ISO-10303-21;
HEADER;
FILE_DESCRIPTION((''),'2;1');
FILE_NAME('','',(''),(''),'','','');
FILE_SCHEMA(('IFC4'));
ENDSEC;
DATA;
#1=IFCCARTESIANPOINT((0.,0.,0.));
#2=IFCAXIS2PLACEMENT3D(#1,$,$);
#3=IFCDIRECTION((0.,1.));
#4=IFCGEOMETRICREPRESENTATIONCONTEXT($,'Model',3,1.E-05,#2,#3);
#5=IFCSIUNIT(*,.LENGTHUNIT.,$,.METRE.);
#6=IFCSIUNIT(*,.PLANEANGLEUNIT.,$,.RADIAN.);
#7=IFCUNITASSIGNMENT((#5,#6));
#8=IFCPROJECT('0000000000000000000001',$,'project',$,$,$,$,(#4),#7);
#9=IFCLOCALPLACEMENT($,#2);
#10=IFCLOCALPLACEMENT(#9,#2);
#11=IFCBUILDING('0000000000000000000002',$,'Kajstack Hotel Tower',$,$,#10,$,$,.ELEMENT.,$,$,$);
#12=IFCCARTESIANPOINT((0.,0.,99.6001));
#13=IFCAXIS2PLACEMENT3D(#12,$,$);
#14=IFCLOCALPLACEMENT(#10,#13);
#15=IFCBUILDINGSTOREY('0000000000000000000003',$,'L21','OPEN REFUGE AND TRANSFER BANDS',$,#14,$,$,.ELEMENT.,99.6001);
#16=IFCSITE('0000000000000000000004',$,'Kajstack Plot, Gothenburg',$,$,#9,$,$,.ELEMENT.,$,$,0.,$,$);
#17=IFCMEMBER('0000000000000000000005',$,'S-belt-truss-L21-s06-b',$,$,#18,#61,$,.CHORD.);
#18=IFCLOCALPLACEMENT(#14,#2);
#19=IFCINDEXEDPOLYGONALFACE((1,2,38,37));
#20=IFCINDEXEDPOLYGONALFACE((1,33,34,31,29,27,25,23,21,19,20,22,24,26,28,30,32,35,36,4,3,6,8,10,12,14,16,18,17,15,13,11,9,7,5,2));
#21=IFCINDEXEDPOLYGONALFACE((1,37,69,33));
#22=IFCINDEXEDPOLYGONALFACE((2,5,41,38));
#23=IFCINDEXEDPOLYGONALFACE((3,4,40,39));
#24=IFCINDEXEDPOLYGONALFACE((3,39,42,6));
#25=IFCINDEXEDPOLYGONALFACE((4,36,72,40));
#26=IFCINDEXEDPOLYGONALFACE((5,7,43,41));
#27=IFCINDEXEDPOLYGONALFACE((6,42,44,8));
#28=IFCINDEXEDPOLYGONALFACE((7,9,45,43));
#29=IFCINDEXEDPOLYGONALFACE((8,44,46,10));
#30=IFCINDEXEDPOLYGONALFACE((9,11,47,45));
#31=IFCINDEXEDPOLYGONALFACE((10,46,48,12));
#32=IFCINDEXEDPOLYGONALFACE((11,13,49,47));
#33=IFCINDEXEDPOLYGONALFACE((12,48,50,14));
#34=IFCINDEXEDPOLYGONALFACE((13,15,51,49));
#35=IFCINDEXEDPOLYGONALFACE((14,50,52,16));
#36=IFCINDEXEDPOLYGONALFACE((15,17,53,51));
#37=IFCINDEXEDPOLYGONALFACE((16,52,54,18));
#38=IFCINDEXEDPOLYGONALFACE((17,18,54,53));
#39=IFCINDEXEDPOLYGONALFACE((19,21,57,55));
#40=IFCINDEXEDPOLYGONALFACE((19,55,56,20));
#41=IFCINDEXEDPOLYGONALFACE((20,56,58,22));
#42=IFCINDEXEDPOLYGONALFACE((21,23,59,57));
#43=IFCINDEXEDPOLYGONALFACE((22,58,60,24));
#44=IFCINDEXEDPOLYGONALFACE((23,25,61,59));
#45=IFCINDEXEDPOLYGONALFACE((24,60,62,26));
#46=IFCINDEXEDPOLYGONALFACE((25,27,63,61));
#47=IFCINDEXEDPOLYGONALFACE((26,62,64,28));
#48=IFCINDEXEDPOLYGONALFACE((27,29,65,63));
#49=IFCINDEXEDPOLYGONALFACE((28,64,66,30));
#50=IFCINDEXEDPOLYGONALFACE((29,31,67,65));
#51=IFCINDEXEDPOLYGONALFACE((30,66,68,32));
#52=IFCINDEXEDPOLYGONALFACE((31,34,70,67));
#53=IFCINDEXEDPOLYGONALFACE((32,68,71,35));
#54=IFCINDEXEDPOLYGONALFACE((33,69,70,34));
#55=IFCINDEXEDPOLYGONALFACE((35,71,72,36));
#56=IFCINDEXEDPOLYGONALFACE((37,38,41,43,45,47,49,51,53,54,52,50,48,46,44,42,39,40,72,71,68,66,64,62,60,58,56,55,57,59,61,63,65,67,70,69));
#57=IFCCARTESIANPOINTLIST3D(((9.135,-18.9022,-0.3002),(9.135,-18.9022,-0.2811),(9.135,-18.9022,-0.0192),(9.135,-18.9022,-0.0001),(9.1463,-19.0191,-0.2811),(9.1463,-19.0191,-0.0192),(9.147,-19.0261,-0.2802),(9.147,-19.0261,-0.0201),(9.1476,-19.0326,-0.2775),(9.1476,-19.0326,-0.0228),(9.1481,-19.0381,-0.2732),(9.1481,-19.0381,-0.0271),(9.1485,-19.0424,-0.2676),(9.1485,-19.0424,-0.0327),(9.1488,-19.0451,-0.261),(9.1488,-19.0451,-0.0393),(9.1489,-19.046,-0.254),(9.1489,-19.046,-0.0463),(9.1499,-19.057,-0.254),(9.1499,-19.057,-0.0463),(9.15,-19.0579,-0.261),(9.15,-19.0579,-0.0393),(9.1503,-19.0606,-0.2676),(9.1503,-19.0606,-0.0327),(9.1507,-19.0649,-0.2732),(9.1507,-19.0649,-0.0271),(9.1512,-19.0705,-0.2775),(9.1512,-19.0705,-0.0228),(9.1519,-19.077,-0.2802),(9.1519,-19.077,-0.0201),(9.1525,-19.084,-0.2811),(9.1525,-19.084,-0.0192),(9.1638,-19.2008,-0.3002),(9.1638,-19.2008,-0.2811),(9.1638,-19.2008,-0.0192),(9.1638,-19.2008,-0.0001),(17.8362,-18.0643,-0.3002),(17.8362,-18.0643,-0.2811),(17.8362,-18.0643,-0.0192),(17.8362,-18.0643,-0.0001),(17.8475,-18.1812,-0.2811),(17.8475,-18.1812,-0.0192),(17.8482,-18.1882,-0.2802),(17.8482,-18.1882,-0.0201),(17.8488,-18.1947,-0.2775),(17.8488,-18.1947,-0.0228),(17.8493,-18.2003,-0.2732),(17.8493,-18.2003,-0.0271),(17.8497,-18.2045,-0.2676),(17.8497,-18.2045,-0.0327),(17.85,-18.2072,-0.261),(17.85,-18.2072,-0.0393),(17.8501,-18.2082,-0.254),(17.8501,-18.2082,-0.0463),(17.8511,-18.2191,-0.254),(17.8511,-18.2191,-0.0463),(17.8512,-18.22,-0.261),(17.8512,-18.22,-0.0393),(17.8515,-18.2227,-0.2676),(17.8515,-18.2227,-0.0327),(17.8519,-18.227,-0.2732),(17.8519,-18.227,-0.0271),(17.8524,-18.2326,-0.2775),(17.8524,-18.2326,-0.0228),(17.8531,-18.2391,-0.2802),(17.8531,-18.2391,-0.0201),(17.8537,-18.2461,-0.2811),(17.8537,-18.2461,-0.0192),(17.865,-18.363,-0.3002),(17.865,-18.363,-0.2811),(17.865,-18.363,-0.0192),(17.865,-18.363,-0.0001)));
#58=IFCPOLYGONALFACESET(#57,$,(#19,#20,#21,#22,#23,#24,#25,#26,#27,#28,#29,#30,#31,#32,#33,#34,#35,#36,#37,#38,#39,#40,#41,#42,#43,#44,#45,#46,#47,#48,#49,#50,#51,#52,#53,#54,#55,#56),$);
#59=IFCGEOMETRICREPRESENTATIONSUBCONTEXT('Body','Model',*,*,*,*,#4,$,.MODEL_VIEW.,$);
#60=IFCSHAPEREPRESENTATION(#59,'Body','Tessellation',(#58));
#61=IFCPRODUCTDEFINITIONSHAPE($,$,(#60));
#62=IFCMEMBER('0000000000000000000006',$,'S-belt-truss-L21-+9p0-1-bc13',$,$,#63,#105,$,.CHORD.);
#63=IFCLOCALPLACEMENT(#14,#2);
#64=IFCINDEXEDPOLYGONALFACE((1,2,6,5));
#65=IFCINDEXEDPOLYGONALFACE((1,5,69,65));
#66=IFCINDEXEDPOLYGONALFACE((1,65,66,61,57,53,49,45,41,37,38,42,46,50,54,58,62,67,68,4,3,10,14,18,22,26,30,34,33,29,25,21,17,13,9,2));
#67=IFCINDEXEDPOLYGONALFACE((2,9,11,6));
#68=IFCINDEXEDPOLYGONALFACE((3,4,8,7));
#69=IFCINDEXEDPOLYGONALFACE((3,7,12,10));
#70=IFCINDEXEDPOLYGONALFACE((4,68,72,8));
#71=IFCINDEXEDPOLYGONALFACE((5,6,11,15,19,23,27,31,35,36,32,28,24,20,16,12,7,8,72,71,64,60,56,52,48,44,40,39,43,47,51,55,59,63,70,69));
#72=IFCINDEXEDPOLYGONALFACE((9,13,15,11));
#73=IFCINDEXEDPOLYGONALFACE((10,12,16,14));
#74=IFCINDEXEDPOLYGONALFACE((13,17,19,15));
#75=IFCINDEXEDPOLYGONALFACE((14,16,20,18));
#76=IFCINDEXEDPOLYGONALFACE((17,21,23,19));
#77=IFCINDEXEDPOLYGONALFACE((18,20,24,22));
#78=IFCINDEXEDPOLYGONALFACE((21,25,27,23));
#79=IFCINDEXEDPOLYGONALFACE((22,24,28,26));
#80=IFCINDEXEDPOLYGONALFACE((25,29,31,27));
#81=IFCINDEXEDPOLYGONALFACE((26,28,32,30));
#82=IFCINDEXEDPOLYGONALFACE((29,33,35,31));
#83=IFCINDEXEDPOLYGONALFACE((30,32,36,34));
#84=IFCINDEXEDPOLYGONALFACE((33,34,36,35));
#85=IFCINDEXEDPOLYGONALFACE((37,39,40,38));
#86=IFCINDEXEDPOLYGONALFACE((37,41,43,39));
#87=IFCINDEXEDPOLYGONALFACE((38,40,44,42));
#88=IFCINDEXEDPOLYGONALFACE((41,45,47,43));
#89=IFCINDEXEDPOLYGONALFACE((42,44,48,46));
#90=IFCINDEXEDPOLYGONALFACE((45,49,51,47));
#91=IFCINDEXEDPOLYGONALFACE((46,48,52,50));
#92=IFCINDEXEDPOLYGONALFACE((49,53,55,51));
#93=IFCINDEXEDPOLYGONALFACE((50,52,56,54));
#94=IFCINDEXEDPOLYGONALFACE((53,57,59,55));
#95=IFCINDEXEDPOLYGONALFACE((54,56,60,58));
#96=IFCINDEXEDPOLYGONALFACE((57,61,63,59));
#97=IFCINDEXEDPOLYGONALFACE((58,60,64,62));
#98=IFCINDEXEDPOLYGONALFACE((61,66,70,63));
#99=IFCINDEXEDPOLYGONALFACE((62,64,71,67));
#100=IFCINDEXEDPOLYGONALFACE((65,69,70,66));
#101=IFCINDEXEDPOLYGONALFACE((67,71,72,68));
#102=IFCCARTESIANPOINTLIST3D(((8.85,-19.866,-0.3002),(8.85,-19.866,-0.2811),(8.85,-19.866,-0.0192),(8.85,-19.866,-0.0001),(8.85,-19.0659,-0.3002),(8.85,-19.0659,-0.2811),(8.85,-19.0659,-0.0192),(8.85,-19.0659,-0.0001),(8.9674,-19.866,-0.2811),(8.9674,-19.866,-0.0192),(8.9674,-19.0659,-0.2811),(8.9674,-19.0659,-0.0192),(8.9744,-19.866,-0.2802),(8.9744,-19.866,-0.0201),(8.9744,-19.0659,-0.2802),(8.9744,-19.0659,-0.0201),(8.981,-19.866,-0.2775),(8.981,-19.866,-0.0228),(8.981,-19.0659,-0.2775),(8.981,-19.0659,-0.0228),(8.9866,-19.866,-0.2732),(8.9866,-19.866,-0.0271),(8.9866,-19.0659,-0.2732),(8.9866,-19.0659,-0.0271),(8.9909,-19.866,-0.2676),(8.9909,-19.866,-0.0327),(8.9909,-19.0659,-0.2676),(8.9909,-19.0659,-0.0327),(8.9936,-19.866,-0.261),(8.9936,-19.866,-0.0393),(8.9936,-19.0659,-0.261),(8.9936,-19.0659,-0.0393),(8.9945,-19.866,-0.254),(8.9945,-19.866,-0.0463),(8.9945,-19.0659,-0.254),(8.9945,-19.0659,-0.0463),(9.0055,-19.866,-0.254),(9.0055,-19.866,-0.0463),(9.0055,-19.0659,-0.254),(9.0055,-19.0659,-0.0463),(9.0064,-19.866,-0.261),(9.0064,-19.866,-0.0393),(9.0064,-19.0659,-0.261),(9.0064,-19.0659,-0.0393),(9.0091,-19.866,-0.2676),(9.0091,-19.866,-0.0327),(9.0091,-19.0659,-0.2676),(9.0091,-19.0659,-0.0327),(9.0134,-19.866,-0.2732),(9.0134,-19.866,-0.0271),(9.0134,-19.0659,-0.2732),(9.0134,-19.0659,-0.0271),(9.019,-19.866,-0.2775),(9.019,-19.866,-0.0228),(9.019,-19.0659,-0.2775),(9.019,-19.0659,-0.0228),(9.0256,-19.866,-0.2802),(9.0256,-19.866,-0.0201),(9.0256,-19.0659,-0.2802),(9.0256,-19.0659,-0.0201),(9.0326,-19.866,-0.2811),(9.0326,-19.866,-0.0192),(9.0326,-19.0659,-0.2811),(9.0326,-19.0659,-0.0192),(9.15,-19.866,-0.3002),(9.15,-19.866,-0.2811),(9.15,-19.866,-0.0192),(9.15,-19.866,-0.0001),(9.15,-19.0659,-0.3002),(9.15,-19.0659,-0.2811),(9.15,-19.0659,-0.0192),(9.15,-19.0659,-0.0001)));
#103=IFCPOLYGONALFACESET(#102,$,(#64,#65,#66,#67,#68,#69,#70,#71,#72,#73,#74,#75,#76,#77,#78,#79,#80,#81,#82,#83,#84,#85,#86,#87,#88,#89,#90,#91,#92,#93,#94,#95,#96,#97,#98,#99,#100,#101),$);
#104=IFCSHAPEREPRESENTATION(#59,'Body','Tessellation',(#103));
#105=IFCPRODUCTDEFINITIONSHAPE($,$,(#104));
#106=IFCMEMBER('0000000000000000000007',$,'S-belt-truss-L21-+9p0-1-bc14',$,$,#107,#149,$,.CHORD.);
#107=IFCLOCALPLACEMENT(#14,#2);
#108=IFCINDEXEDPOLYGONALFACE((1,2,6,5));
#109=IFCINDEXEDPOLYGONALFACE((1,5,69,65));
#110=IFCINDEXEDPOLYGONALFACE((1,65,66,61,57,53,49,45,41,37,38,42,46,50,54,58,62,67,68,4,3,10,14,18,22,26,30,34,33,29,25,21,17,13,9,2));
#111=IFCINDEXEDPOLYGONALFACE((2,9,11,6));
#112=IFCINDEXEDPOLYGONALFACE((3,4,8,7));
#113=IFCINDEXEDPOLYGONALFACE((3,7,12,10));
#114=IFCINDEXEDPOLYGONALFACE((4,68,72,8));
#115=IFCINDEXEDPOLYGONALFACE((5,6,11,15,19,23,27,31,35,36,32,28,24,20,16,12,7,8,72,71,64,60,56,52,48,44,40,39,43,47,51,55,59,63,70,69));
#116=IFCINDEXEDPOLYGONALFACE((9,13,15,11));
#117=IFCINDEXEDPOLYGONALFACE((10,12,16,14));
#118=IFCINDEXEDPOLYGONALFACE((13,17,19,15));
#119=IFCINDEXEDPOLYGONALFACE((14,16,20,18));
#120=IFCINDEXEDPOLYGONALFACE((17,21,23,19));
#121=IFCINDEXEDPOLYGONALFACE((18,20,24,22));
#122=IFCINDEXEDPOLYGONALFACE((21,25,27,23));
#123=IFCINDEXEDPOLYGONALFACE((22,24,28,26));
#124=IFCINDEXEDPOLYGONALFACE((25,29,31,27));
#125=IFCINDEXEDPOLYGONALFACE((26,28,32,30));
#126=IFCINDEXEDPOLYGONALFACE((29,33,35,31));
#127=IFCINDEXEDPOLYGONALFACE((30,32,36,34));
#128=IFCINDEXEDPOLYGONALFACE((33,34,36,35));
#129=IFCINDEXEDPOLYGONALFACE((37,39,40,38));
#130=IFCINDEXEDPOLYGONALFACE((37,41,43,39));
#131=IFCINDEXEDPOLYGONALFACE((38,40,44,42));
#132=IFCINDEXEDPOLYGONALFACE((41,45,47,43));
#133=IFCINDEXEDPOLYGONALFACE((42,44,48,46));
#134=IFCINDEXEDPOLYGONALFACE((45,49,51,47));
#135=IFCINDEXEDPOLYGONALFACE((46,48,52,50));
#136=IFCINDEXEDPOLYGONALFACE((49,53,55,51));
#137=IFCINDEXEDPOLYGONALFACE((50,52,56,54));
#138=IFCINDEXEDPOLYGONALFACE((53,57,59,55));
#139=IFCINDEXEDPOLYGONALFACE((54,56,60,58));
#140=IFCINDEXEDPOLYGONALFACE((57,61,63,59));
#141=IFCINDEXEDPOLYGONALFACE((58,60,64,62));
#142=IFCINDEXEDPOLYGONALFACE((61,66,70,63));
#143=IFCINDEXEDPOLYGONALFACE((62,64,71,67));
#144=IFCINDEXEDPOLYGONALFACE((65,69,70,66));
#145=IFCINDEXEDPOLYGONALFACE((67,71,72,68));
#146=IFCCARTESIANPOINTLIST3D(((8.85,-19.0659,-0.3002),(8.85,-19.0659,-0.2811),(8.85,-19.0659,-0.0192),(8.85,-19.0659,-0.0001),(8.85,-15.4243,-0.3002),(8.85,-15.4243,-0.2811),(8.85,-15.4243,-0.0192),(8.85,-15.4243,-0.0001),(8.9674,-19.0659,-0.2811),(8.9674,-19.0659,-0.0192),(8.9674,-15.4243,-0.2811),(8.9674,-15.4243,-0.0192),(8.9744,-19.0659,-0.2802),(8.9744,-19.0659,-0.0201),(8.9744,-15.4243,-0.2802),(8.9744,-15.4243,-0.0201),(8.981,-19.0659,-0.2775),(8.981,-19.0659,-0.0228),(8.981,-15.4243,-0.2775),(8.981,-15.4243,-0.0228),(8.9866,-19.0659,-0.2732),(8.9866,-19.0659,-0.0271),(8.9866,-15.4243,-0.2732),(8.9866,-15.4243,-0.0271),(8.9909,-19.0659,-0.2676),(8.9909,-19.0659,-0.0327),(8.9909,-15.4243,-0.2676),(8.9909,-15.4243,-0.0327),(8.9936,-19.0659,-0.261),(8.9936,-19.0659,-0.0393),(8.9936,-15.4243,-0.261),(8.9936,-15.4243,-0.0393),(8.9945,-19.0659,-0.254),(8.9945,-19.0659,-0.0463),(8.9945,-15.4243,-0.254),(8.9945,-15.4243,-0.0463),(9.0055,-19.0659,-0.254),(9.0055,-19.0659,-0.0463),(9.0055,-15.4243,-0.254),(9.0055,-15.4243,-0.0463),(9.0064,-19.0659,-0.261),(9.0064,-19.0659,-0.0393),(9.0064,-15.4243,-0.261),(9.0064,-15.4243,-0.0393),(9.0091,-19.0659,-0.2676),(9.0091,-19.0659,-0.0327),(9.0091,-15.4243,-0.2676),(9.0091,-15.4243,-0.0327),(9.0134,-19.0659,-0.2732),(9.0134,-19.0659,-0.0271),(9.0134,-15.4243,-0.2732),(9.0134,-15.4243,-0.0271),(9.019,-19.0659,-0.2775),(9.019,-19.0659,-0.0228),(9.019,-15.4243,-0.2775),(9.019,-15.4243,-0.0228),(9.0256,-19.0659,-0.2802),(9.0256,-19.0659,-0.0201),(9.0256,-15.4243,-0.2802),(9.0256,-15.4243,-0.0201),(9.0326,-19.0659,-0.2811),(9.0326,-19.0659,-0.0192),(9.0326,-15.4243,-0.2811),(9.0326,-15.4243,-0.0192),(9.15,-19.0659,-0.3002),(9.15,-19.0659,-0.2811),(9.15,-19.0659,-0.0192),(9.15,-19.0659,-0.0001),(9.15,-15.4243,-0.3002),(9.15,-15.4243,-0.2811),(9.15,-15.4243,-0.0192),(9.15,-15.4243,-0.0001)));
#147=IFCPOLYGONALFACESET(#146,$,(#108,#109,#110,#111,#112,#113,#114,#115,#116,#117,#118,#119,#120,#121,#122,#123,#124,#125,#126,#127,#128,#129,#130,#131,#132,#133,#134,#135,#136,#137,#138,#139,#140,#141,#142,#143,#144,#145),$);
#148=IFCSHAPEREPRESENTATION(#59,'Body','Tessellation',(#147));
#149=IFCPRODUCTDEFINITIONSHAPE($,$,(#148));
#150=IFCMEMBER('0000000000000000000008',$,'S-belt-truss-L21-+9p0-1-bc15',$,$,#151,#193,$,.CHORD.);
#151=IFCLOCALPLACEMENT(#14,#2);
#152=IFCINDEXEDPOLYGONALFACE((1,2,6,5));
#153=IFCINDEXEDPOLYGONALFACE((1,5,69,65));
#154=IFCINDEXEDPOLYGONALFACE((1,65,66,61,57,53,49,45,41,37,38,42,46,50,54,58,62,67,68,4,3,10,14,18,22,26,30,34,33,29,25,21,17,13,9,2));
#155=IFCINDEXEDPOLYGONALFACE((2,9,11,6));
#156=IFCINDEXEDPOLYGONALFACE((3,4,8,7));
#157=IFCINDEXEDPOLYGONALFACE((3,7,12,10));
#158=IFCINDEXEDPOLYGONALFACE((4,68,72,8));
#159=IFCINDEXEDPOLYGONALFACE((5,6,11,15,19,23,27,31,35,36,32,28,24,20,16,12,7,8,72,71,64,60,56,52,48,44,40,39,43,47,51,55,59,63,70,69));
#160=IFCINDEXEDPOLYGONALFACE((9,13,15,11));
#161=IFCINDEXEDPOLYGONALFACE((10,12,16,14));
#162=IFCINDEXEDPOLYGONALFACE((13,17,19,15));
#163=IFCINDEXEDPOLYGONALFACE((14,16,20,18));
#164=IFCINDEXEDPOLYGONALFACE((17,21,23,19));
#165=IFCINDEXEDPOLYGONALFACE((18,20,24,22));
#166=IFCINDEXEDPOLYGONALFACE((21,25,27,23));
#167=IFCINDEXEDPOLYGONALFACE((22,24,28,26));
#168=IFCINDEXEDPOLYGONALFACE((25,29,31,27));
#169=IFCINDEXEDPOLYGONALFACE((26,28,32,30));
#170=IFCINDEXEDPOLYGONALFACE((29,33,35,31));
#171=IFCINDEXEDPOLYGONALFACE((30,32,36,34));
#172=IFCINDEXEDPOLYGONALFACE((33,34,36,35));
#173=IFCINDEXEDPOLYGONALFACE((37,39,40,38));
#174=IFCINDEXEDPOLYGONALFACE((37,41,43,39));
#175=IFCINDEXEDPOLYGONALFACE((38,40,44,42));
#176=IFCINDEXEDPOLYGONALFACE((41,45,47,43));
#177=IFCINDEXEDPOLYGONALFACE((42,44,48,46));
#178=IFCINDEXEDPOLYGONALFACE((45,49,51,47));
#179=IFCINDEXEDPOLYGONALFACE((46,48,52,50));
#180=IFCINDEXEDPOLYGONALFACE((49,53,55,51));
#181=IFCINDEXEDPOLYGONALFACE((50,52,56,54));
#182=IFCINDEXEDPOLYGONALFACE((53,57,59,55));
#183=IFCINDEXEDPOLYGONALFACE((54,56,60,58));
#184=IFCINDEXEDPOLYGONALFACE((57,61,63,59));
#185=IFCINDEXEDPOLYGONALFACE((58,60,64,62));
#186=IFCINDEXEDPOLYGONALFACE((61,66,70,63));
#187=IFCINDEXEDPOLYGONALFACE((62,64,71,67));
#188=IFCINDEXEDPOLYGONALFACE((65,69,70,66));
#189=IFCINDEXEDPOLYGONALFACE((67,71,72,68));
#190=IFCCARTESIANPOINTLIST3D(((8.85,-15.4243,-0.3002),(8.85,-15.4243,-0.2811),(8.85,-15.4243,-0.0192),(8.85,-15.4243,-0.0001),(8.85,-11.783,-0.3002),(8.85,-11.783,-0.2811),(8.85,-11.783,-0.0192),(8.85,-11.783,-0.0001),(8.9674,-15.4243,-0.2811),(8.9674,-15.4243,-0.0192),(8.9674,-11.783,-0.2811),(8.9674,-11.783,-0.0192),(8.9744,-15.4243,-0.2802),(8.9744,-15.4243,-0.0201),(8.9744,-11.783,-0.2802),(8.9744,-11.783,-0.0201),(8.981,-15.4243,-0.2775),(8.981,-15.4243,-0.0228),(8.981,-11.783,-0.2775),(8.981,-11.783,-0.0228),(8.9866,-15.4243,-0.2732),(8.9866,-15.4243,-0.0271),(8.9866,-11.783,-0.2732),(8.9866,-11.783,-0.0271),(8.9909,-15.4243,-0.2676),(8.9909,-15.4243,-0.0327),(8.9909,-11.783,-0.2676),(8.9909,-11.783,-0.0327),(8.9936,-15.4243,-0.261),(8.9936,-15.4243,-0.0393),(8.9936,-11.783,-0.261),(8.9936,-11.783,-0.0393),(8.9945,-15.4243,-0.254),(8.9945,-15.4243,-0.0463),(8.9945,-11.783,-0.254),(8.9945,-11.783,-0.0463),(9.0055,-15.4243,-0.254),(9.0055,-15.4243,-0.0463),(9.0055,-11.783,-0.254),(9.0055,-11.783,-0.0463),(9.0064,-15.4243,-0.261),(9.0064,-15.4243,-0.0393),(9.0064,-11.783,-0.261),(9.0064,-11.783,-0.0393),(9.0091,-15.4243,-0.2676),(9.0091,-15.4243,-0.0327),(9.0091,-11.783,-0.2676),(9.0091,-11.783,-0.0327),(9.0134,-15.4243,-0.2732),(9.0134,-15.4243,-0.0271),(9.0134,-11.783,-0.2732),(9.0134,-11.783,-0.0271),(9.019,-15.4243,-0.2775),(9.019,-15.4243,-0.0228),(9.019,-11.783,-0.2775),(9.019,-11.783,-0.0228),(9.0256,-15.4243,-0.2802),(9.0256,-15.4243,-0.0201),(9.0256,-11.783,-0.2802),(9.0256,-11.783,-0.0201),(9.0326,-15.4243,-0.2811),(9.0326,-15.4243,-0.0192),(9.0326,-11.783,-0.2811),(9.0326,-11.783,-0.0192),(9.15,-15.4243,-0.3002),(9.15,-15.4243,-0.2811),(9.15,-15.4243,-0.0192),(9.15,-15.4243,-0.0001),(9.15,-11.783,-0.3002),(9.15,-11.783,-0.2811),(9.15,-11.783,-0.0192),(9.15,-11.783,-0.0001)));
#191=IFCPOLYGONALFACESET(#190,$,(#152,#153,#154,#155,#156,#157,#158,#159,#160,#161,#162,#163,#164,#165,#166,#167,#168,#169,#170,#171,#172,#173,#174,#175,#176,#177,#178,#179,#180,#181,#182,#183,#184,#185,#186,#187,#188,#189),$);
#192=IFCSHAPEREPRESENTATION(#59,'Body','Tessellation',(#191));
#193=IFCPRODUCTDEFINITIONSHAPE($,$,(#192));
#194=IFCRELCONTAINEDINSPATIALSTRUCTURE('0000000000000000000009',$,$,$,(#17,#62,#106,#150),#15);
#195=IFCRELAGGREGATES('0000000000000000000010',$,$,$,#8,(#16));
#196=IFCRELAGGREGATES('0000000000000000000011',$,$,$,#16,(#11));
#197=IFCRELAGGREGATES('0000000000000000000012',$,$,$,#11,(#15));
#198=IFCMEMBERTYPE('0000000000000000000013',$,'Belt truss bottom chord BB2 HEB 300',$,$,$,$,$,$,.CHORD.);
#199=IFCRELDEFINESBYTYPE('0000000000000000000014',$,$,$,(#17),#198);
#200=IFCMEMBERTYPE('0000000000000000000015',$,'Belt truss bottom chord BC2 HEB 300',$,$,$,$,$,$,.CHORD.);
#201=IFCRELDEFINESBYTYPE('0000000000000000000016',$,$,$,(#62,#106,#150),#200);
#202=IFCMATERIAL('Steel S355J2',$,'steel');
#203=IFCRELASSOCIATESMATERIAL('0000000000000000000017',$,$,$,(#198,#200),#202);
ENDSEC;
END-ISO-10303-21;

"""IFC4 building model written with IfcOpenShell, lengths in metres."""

from ifc_helpers import new_model, si_unit, direction, frame, origin, origin_2d, place, context, subcontext, project, spatial, i_section, extrude, material, material_profile, profile_set, type_object, element, save


model = new_model("IFC4")

# Units and contexts
model_context = context("Model", 3, precision=1e-05, world=origin(), true_north=direction((0.0, 1.0)))
body_context = subcontext(model_context, "Body", "Model", "MODEL_VIEW")
ifc_project = project(units=[si_unit("LENGTHUNIT", "METRE"), si_unit("PLANEANGLEUNIT", "RADIAN")], contexts=[model_context])

# Site, building, storey
site_placement = place(None, origin())
site = spatial("IfcSite", under=ifc_project, at=site_placement, Name="Kajstack Plot, Gothenburg", CompositionType="ELEMENT", RefElevation=0.0)
building_placement = place(site_placement, origin())
building = spatial("IfcBuilding", under=site, at=building_placement, Name="Kajstack Hotel Tower", CompositionType="ELEMENT")
storey_placement = place(building_placement, frame((0.0, 0.0, 99.6001)))
storey = spatial("IfcBuildingStorey", under=building, at=storey_placement, Name="L21", Description="OPEN REFUGE AND TRANSFER BANDS", CompositionType="ELEMENT", Elevation=99.6001)

# Members
ifc_material = material(Name="Steel S355J2", Category="steel")
ifc_material_profile_1 = material_profile(ifc_material, i_section(OverallWidth=0.3, OverallDepth=0.3, WebThickness=0.011, FlangeThickness=0.019, FilletRadius=0.0271, at=origin_2d()), Name="HEB 300")
ifc_profile_set_1 = profile_set([ifc_material_profile_1], Name="Steel S355J2")
member_type_1 = type_object("IfcMemberType", Name="Belt truss bottom chord BB2 HEB 300", PredefinedType="CHORD", material=ifc_profile_set_1)
member_1_placement = place(storey_placement, frame((9.1494, -19.0515, -0.1501), z_axis=(0.995396, 0.095853, 0.0), x_axis=(-0.095853, 0.995396, 0.0)))
element("IfcMember", 1, at=member_1_placement, inside=storey, type_object=member_type_1, Name="S-belt-truss-L21-s06-b", PredefinedType="CHORD", context=body_context, shape_type="SweptSolid", body=[
    extrude(i_section(OverallWidth=0.3, OverallDepth=0.3, WebThickness=0.011, FlangeThickness=0.019, FilletRadius=0.0271, at=origin_2d()), origin(), (0.0, 0.0, 1.0), 8.7415),
])
ifc_material_profile_2 = material_profile(ifc_material, i_section(OverallWidth=0.3, OverallDepth=0.3, WebThickness=0.011, FlangeThickness=0.019, FilletRadius=0.0271, at=origin_2d()), Name="HEB 300")
ifc_profile_set_2 = profile_set([ifc_material_profile_2], Name="Steel S355J2")
member_type_2 = type_object("IfcMemberType", Name="Belt truss bottom chord BC2 HEB 300", PredefinedType="CHORD", material=ifc_profile_set_2)
member_2_placement = place(storey_placement, frame((9.0, -19.866, -0.1501), z_axis=(0.0, 1.0, 0.0), x_axis=(-1.0, 0.0, 0.0)))
element("IfcMember", 2, at=member_2_placement, inside=storey, type_object=member_type_2, Name="S-belt-truss-L21-+9p0-1-bc13", PredefinedType="CHORD", context=body_context, shape_type="SweptSolid", body=[
    extrude(i_section(OverallWidth=0.3, OverallDepth=0.3, WebThickness=0.011, FlangeThickness=0.019, FilletRadius=0.0271, at=origin_2d()), origin(), (0.0, 0.0, 1.0), 0.8),
])
member_3_placement = place(storey_placement, frame((9.0, -19.0659, -0.1501), z_axis=(0.0, 1.0, 0.0), x_axis=(-1.0, 0.0, 0.0)))
element("IfcMember", 3, at=member_3_placement, inside=storey, type_object=member_type_2, Name="S-belt-truss-L21-+9p0-1-bc14", PredefinedType="CHORD", context=body_context, shape_type="SweptSolid", body=[
    extrude(i_section(OverallWidth=0.3, OverallDepth=0.3, WebThickness=0.011, FlangeThickness=0.019, FilletRadius=0.0271, at=origin_2d()), origin(), (0.0, 0.0, 1.0), 3.6416),
])
member_4_placement = place(storey_placement, frame((9.0, -15.4243, -0.1501), z_axis=(0.0, 1.0, 0.0), x_axis=(-1.0, 0.0, 0.0)))
element("IfcMember", 4, at=member_4_placement, inside=storey, type_object=member_type_2, Name="S-belt-truss-L21-+9p0-1-bc15", PredefinedType="CHORD", context=body_context, shape_type="SweptSolid", body=[
    extrude(i_section(OverallWidth=0.3, OverallDepth=0.3, WebThickness=0.011, FlangeThickness=0.019, FilletRadius=0.0271, at=origin_2d()), origin(), (0.0, 0.0, 1.0), 3.6414),
])

save(model, "model.ifc")
